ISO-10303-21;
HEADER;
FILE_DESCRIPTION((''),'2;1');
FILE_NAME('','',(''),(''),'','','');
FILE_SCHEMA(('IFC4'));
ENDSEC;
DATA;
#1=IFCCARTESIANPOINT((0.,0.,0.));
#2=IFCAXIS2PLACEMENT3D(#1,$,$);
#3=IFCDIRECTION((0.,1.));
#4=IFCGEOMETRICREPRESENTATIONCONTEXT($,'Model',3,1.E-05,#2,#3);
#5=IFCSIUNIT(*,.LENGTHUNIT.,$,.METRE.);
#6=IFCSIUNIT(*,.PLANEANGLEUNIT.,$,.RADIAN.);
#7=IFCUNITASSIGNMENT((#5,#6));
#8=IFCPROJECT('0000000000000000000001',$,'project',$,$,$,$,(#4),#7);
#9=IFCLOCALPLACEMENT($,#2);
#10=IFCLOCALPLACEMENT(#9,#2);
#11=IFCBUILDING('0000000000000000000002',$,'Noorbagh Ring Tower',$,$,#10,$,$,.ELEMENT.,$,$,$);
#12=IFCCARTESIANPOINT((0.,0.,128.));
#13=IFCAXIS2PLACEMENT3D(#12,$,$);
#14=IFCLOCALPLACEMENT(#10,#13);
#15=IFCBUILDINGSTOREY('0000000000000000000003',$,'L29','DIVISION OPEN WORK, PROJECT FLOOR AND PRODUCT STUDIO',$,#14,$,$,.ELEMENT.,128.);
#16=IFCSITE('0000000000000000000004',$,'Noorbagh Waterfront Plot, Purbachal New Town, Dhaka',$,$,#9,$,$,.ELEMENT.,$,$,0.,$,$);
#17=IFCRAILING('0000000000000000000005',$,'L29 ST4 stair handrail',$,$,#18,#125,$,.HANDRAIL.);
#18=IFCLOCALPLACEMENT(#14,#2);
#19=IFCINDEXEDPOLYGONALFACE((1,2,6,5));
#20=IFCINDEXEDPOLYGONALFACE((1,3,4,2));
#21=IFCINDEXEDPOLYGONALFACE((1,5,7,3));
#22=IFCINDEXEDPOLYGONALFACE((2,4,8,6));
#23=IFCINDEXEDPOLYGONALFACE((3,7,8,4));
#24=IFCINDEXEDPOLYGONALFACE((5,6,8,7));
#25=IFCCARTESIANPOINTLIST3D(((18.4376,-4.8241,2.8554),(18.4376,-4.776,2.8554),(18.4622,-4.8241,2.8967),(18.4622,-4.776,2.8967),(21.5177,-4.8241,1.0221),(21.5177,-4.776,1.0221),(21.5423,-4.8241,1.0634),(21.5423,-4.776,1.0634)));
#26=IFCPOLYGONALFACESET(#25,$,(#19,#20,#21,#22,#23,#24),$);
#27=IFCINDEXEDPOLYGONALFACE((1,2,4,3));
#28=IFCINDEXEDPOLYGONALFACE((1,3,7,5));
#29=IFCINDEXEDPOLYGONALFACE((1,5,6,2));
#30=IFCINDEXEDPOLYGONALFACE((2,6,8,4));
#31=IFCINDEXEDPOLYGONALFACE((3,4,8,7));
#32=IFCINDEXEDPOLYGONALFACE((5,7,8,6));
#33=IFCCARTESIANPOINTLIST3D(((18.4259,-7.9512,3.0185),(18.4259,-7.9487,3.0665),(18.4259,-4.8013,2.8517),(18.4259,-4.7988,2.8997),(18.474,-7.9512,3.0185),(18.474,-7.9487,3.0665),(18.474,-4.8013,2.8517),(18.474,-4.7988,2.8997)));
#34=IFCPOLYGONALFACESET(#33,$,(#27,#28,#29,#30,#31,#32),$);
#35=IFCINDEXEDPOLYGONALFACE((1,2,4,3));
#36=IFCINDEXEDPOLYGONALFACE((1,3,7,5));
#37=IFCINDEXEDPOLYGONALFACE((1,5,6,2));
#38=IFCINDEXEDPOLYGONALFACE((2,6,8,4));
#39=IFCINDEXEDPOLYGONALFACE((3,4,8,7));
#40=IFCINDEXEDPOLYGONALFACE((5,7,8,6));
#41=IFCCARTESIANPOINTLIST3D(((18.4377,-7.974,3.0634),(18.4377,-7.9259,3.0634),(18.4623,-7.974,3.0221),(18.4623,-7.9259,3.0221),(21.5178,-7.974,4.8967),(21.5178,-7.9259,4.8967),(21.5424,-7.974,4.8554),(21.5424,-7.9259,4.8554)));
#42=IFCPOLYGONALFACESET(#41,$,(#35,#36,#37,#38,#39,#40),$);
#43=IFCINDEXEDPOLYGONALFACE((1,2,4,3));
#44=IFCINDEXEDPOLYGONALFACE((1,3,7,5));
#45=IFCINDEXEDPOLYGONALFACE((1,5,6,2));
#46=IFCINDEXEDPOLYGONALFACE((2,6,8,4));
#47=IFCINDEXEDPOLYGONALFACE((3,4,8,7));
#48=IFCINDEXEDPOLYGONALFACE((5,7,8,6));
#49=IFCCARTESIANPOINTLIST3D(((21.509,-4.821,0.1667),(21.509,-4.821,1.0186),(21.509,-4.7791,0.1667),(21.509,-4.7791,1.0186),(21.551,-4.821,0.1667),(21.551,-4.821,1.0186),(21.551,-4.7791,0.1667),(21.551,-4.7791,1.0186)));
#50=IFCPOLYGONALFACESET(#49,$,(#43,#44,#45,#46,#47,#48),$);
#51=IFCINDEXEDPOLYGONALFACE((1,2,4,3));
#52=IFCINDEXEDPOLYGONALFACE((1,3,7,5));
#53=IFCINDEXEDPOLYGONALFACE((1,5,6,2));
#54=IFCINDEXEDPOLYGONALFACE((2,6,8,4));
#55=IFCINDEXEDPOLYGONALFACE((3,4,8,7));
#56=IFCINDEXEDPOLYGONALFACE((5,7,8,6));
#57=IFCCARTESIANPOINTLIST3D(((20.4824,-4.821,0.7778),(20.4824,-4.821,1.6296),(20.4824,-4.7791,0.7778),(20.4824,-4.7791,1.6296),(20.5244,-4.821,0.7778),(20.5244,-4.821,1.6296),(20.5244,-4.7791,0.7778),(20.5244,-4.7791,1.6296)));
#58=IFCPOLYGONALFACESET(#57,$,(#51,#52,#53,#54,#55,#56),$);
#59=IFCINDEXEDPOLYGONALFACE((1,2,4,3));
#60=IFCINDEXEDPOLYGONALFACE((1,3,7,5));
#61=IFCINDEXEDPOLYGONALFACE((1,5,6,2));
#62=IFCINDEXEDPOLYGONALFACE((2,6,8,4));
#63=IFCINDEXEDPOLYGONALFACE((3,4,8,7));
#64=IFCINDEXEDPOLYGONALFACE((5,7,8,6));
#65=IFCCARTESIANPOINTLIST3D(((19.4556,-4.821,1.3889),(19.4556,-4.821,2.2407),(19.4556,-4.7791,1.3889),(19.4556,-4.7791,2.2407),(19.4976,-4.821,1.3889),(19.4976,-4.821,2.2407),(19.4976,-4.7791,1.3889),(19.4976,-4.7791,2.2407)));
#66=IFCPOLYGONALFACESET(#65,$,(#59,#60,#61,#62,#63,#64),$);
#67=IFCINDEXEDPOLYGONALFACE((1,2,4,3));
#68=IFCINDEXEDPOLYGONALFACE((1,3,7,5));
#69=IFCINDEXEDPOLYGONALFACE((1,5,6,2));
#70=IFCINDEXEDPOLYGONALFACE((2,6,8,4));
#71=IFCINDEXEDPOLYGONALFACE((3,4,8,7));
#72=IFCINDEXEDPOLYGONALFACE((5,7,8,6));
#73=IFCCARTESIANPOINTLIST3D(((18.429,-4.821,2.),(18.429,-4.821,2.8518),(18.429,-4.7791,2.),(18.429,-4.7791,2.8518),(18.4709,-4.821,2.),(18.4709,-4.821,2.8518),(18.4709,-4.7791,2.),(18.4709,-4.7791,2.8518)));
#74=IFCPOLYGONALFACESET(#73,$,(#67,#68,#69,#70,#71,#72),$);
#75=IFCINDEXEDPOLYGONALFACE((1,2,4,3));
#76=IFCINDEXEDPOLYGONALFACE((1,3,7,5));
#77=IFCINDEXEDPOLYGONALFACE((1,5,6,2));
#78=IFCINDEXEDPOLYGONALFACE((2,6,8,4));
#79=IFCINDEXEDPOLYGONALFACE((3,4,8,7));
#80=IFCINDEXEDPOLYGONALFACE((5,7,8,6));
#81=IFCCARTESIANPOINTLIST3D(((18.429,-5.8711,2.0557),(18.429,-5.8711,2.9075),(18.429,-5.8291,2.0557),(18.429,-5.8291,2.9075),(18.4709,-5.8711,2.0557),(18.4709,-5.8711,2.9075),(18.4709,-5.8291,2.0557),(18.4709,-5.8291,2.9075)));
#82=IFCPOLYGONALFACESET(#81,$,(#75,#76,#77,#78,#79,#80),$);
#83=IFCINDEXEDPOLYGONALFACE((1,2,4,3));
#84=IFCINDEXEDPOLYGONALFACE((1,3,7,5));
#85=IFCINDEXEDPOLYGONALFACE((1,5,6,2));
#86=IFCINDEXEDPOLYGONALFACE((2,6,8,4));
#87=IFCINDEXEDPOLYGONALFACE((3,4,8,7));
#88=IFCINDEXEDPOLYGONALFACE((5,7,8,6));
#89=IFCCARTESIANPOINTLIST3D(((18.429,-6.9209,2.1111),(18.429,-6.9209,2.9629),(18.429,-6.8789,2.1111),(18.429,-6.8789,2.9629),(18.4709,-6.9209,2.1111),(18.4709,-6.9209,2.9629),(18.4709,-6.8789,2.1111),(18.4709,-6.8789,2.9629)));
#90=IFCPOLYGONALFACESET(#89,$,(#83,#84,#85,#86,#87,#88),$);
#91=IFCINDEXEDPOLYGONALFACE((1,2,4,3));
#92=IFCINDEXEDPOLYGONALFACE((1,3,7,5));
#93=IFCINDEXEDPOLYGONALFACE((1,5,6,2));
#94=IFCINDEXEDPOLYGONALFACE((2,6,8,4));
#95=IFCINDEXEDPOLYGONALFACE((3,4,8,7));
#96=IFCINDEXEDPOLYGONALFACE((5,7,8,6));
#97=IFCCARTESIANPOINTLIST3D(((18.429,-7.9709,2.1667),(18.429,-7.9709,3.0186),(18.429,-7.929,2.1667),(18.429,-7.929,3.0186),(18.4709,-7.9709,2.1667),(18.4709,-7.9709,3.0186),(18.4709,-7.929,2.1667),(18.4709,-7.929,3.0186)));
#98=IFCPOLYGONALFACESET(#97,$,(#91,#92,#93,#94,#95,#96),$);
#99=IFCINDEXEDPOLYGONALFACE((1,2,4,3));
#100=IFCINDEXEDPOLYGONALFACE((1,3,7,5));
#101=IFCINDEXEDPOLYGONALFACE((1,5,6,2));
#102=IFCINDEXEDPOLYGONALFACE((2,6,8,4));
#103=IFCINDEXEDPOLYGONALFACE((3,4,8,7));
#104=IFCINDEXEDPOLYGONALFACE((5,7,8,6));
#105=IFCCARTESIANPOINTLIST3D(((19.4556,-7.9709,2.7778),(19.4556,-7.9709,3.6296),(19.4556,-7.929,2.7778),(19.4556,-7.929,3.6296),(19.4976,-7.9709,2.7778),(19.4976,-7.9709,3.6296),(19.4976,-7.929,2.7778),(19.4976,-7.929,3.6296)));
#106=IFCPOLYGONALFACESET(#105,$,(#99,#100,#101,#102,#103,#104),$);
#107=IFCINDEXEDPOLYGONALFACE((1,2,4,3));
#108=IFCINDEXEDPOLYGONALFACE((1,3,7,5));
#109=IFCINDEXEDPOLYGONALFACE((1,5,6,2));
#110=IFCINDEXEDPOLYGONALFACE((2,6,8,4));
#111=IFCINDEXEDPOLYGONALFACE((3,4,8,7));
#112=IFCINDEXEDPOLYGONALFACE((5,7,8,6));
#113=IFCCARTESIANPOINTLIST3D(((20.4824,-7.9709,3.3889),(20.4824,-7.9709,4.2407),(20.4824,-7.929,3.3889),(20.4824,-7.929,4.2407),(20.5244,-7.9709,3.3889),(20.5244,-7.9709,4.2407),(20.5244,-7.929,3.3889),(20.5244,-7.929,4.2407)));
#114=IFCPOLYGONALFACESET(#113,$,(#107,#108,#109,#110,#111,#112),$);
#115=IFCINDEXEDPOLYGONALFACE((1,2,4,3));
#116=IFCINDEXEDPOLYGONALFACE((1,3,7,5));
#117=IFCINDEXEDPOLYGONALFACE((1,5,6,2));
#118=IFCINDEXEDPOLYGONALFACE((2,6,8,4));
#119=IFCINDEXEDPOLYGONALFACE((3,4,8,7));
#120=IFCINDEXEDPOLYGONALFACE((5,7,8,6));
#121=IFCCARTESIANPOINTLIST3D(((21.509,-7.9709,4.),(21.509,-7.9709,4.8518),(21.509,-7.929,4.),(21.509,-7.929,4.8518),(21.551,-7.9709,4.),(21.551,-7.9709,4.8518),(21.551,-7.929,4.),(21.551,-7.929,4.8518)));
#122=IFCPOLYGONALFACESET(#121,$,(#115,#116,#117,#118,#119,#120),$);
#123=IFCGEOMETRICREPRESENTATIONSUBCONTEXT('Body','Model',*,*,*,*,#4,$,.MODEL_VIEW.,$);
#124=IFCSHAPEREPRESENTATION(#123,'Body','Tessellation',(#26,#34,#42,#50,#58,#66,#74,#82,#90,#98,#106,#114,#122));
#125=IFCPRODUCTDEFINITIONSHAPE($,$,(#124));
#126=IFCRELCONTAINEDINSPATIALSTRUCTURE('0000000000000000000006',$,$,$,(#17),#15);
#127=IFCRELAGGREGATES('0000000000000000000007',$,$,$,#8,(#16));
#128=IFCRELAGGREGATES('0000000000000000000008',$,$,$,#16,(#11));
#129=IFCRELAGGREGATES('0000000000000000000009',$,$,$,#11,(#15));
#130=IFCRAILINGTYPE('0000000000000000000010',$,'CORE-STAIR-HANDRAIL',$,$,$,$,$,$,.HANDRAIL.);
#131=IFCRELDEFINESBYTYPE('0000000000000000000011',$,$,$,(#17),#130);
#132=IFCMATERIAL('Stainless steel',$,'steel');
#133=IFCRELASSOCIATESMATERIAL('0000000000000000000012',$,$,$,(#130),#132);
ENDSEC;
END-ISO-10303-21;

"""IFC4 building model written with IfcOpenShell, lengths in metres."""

from ifc_helpers import new_model, si_unit, direction, frame, origin, origin_2d, place, context, subcontext, project, spatial, rectangle, extrude, material, type_object, element, save


model = new_model("IFC4")

# Units and contexts
model_context = context("Model", 3, precision=1e-05, world=origin(), true_north=direction((0.0, 1.0)))
body_context = subcontext(model_context, "Body", "Model", "MODEL_VIEW")
ifc_project = project(units=[si_unit("LENGTHUNIT", "METRE"), si_unit("PLANEANGLEUNIT", "RADIAN")], contexts=[model_context])

# Site, building, storey
site_placement = place(None, origin())
site = spatial("IfcSite", under=ifc_project, at=site_placement, Name="Noorbagh Waterfront Plot, Purbachal New Town, Dhaka", CompositionType="ELEMENT", RefElevation=0.0)
building_placement = place(site_placement, origin())
building = spatial("IfcBuilding", under=site, at=building_placement, Name="Noorbagh Ring Tower", CompositionType="ELEMENT")
storey_placement = place(building_placement, frame((0.0, 0.0, 128.0)))
storey = spatial("IfcBuildingStorey", under=building, at=storey_placement, Name="L29", Description="DIVISION OPEN WORK, PROJECT FLOOR AND PRODUCT STUDIO", CompositionType="ELEMENT", Elevation=128.0)

# Railing
ifc_material_1 = material(Name="Stainless steel", Category="steel")
railing_type_1 = type_object("IfcRailingType", Name="CORE-STAIR-HANDRAIL", PredefinedType="HANDRAIL", material=ifc_material_1)
railing_1_placement = place(storey_placement, frame((21.53, -4.8, 0.1667)))
element("IfcRailing", 1, at=railing_1_placement, inside=storey, type_object=railing_type_1, Name="L29 ST4 stair handrail", PredefinedType="HANDRAIL", context=body_context, shape_type="SweptSolid", body=[
    extrude(rectangle(XDim=0.0481, YDim=0.0481, at=origin_2d()), frame((0.0, 0.0, 0.876), z_axis=(-0.859309, 0.0, 0.511458), x_axis=(0.0, -1.0, 0.0)), (0.0, 0.0, 1.0), 3.5845),
    extrude(rectangle(XDim=0.0481, YDim=0.0481, at=origin_2d()), frame((-3.0801, 0.0, 2.709), z_axis=(0.0, -0.998602, 0.052864), x_axis=(1.0, 0.0, 0.0)), (0.0, 0.0, 1.0), 3.1543),
    extrude(rectangle(XDim=0.0481, YDim=0.0481, at=origin_2d()), frame((-3.0801, -3.1499, 2.876), z_axis=(0.859309, 0.0, 0.511458), x_axis=(0.0, 1.0, 0.0)), (0.0, 0.0, 1.0), 3.5845),
    extrude(rectangle(XDim=0.042, YDim=0.042, at=origin_2d()), origin(), (0.0, 0.0, 1.0), 0.8518),
    extrude(rectangle(XDim=0.042, YDim=0.042, at=origin_2d()), frame((-1.0266, 0.0, 0.6111)), (0.0, 0.0, 1.0), 0.8518),
    extrude(rectangle(XDim=0.042, YDim=0.042, at=origin_2d()), frame((-2.0535, 0.0, 1.2222)), (0.0, 0.0, 1.0), 0.8518),
    extrude(rectangle(XDim=0.042, YDim=0.042, at=origin_2d()), frame((-3.0801, 0.0, 1.8333)), (0.0, 0.0, 1.0), 0.8518),
    extrude(rectangle(XDim=0.042, YDim=0.042, at=origin_2d()), frame((-3.0801, -1.05, 1.8889)), (0.0, 0.0, 1.0), 0.8518),
    extrude(rectangle(XDim=0.042, YDim=0.042, at=origin_2d()), frame((-3.0801, -2.0999, 1.9443)), (0.0, 0.0, 1.0), 0.8518),
    extrude(rectangle(XDim=0.042, YDim=0.042, at=origin_2d()), frame((-3.0801, -3.1499, 2.0)), (0.0, 0.0, 1.0), 0.8518),
    extrude(rectangle(XDim=0.042, YDim=0.042, at=origin_2d()), frame((-2.0535, -3.1499, 2.6111)), (0.0, 0.0, 1.0), 0.8518),
    extrude(rectangle(XDim=0.042, YDim=0.042, at=origin_2d()), frame((-1.0266, -3.1499, 3.2222)), (0.0, 0.0, 1.0), 0.8518),
    extrude(rectangle(XDim=0.042, YDim=0.042, at=origin_2d()), frame((0.0, -3.1499, 3.8333)), (0.0, 0.0, 1.0), 0.8518),
])

save(model, "model.ifc")
